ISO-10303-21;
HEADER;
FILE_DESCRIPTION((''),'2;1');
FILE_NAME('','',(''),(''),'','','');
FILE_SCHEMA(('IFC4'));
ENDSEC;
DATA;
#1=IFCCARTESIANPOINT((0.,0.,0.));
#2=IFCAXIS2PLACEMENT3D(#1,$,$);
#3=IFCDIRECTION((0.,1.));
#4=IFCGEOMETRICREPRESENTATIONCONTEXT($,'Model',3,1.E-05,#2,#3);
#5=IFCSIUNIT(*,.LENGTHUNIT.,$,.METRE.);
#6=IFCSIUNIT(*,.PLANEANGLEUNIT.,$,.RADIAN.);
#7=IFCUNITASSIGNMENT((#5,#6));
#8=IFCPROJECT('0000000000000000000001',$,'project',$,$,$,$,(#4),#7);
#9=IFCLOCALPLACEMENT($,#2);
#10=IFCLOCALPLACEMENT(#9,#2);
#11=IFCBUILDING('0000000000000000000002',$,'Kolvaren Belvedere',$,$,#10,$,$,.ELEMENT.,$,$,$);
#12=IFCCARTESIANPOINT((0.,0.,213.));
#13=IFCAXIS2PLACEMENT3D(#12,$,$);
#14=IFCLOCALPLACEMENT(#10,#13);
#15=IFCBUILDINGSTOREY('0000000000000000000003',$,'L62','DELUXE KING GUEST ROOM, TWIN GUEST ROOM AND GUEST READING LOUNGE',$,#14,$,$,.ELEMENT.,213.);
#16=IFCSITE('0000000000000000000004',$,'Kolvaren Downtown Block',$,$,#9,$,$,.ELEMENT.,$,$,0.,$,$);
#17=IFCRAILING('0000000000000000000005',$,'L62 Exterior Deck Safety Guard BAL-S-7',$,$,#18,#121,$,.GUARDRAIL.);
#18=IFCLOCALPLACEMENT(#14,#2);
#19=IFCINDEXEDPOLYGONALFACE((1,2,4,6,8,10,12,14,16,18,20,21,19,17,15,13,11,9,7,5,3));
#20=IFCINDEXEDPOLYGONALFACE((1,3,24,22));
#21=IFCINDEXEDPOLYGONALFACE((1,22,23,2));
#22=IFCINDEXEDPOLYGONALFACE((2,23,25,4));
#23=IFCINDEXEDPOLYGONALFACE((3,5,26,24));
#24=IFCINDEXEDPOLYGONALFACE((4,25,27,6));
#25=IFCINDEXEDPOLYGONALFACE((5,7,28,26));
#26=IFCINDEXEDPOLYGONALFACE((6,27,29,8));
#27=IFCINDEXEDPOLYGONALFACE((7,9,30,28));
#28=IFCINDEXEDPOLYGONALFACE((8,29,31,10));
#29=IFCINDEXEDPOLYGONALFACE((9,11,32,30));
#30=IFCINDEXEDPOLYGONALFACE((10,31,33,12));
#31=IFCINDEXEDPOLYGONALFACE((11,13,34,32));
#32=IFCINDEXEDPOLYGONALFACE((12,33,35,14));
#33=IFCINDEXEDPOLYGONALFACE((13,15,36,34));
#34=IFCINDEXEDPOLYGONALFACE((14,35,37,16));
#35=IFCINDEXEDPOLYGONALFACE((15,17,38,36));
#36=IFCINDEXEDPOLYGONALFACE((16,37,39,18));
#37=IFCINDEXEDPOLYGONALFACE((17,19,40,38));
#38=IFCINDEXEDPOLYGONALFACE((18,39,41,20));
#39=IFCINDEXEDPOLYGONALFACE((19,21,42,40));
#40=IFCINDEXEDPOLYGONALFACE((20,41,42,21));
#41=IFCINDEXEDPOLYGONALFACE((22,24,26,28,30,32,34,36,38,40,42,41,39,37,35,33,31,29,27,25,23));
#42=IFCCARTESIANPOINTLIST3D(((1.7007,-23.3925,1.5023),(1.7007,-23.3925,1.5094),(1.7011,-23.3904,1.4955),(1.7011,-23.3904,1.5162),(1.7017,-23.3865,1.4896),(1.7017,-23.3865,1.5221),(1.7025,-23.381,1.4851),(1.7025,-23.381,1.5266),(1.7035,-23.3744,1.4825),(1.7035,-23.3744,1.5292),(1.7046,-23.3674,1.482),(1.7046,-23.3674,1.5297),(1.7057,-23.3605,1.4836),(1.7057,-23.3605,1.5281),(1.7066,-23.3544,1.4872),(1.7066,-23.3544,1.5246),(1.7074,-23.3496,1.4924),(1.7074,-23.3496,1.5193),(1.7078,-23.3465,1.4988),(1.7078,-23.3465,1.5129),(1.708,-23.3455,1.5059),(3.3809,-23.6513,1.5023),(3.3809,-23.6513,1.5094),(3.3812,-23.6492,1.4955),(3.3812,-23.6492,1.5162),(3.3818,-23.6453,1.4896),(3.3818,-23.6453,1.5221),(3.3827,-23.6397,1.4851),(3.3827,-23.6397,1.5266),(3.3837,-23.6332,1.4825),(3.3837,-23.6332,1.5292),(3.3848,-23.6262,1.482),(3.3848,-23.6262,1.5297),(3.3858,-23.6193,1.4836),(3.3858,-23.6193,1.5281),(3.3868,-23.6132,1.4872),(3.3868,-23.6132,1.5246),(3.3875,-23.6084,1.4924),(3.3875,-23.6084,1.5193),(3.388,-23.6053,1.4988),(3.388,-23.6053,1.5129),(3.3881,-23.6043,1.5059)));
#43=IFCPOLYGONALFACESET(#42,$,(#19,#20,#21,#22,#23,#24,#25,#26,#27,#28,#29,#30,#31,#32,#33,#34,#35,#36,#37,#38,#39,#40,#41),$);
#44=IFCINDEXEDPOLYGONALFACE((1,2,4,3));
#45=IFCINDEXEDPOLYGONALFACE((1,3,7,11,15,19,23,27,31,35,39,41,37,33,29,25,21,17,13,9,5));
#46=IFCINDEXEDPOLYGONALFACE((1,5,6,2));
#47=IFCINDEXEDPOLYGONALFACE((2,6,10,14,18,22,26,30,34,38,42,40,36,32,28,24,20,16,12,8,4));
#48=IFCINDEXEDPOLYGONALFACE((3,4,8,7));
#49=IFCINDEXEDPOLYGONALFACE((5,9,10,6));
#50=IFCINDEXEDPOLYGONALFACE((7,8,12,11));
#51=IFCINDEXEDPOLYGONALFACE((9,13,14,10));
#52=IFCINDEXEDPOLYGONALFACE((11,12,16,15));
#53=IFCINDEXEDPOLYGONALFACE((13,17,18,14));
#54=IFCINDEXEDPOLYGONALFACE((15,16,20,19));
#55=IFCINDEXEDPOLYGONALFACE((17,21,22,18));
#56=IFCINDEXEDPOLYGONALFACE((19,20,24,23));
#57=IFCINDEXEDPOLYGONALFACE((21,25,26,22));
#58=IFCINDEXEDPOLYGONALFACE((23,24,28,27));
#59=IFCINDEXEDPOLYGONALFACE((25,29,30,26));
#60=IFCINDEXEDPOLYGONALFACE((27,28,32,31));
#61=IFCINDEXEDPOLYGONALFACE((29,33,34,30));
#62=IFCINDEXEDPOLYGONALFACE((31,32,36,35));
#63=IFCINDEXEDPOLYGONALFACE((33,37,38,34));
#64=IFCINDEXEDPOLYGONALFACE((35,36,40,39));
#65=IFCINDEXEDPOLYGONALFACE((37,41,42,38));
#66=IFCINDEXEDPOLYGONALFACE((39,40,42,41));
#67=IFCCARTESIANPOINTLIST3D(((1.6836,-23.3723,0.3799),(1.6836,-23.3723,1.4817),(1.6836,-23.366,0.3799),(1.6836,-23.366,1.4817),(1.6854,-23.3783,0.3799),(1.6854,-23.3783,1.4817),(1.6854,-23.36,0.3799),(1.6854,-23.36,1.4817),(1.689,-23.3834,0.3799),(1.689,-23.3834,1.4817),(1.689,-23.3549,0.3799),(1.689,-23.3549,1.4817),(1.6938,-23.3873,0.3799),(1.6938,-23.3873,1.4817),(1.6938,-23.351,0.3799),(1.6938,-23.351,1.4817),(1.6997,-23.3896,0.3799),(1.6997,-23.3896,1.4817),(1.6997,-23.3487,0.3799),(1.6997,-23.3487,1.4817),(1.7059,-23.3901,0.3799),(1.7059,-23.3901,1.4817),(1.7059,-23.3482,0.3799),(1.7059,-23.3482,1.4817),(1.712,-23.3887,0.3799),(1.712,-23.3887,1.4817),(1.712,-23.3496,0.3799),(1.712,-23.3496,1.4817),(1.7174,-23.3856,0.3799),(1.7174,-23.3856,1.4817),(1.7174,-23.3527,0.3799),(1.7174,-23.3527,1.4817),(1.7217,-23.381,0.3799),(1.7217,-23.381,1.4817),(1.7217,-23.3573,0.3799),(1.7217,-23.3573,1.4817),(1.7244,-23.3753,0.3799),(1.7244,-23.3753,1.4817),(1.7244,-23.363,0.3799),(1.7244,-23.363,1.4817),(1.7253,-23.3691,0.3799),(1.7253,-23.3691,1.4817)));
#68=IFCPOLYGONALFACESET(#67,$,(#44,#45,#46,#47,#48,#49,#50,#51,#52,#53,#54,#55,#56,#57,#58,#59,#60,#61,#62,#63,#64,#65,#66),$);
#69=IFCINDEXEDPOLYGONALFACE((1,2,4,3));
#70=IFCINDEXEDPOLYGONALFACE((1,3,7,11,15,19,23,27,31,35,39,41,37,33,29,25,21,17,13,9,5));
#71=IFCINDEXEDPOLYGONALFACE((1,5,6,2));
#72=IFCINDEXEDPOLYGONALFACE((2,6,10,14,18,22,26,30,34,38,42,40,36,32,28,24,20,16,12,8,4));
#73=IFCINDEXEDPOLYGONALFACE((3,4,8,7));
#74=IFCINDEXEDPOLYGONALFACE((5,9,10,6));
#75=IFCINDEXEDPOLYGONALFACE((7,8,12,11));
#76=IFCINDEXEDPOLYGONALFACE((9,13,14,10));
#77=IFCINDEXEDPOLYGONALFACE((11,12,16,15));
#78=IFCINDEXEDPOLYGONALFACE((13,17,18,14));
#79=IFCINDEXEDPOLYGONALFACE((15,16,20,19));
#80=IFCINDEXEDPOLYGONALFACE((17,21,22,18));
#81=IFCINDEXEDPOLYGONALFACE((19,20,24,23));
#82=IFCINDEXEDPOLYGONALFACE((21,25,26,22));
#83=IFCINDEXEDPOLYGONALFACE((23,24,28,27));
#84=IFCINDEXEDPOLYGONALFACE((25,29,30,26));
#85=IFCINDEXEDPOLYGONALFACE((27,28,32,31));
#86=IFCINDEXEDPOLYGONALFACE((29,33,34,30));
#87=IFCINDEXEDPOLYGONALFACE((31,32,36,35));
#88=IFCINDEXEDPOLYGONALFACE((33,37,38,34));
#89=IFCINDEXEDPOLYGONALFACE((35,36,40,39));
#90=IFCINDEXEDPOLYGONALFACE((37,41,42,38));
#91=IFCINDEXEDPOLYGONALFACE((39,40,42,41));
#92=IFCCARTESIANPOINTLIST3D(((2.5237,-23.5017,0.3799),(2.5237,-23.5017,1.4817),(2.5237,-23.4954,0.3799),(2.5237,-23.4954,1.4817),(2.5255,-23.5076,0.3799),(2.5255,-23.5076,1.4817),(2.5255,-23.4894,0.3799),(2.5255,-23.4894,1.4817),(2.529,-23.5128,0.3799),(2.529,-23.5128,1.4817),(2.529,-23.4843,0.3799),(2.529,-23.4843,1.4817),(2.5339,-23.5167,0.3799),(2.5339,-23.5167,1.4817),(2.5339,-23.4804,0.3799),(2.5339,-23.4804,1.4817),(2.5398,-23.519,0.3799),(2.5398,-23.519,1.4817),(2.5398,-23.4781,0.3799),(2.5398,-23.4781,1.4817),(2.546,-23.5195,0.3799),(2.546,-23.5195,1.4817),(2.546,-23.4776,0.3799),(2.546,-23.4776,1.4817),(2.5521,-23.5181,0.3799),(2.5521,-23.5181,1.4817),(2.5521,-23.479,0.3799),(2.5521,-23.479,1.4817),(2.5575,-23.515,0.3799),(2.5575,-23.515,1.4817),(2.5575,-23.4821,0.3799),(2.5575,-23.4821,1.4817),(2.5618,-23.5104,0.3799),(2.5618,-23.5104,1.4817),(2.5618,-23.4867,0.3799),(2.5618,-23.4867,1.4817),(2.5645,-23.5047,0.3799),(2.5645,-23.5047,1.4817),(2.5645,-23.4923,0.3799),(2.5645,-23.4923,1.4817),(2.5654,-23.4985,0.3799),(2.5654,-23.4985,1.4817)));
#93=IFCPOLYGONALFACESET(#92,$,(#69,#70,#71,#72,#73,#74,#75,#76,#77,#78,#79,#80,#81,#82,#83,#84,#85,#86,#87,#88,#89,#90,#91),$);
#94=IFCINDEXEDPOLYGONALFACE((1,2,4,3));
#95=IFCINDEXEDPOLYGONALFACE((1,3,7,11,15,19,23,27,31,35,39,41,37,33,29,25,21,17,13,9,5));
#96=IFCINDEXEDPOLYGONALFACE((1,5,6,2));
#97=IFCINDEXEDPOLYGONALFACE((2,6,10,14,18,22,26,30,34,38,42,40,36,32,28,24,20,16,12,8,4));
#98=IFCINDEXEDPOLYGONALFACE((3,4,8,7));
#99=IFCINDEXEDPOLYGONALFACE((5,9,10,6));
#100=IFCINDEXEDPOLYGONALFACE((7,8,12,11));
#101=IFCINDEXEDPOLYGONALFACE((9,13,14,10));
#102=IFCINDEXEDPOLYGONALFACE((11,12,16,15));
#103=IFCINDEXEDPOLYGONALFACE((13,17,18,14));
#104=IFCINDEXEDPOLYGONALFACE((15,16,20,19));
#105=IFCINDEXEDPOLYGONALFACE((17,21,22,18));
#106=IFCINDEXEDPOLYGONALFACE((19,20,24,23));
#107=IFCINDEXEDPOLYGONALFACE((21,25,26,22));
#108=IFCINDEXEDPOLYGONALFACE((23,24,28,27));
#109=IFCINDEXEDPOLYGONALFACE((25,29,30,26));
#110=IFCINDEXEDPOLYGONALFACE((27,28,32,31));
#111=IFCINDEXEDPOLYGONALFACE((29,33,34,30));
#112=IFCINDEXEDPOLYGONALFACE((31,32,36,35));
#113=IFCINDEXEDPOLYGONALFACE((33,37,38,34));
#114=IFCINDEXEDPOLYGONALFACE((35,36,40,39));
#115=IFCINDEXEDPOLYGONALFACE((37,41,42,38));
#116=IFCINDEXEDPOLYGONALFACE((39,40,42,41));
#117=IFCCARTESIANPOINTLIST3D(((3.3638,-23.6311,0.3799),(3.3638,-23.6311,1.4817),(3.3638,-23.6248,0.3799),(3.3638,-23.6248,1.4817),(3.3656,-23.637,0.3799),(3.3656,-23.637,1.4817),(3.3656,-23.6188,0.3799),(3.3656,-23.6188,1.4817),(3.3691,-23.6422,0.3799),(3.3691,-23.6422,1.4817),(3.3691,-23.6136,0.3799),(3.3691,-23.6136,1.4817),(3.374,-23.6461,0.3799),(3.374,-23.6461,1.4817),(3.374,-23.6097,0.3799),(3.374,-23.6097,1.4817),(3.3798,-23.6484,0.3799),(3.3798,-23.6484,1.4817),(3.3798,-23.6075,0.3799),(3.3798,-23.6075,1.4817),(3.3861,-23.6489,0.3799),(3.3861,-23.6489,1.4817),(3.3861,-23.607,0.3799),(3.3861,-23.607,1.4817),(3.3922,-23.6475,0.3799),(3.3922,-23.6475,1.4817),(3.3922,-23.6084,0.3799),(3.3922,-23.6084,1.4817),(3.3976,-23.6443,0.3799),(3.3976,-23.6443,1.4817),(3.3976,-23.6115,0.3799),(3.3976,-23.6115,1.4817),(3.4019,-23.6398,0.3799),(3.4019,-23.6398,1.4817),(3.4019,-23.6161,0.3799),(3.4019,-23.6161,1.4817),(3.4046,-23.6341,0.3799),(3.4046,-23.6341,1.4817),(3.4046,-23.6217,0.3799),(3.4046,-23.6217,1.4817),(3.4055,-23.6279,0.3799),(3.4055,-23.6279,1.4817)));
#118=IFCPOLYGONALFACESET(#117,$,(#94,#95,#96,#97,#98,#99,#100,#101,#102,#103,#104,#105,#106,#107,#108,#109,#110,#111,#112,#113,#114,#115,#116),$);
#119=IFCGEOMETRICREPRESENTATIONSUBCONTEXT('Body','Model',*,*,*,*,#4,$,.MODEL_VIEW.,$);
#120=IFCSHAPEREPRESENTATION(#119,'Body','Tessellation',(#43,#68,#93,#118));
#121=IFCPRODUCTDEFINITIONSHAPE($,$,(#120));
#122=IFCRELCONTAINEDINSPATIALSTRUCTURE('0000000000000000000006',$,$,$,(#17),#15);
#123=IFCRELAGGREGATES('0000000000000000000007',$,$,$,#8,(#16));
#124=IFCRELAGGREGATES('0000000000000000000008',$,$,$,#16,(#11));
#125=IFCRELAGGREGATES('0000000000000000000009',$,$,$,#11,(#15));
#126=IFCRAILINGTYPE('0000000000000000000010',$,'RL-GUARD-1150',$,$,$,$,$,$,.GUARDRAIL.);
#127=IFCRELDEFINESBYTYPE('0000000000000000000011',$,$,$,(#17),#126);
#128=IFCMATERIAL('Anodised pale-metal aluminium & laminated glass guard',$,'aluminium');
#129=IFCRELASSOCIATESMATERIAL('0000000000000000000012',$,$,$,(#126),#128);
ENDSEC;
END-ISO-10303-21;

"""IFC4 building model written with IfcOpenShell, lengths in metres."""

from ifc_helpers import new_model, si_unit, direction, frame, origin, origin_2d, place, context, subcontext, project, spatial, circle, extrude, material, type_object, element, save


model = new_model("IFC4")

# Units and contexts
model_context = context("Model", 3, precision=1e-05, world=origin(), true_north=direction((0.0, 1.0)))
body_context = subcontext(model_context, "Body", "Model", "MODEL_VIEW")
ifc_project = project(units=[si_unit("LENGTHUNIT", "METRE"), si_unit("PLANEANGLEUNIT", "RADIAN")], contexts=[model_context])

# Site, building, storey
site_placement = place(None, origin())
site = spatial("IfcSite", under=ifc_project, at=site_placement, Name="Kolvaren Downtown Block", CompositionType="ELEMENT", RefElevation=0.0)
building_placement = place(site_placement, origin())
building = spatial("IfcBuilding", under=site, at=building_placement, Name="Kolvaren Belvedere", CompositionType="ELEMENT")
storey_placement = place(building_placement, frame((0.0, 0.0, 213.0)))
storey = spatial("IfcBuildingStorey", under=building, at=storey_placement, Name="L62", Description="DELUXE KING GUEST ROOM, TWIN GUEST ROOM AND GUEST READING LOUNGE", CompositionType="ELEMENT", Elevation=213.0)

# Railing
ifc_material_1 = material(Name="Anodised pale-metal aluminium & laminated glass guard", Category="aluminium")
railing_type = type_object("IfcRailingType", Name="RL-GUARD-1150", PredefinedType="GUARDRAIL", material=ifc_material_1)
railing_1_placement = place(storey_placement, frame((1.7043, -23.3691, 0.3799)))
element("IfcRailing", 1, at=railing_1_placement, inside=storey, type_object=railing_type, Name="L62 Exterior Deck Safety Guard BAL-S-7", PredefinedType="GUARDRAIL", context=body_context, shape_type="SweptSolid", body=[
    extrude(circle(Radius=0.0239, at=origin_2d()), frame((0.0, 0.0, 1.126), z_axis=(0.988345, -0.15223, 0.0), x_axis=(0.15223, 0.988345, 0.0)), (0.0, 0.0, 1.0), 1.7),
    extrude(circle(Radius=0.021, at=origin_2d()), origin(), (0.0, 0.0, 1.0), 1.1018),
    extrude(circle(Radius=0.021, at=origin_2d()), frame((0.8401, -0.1294, 0.0)), (0.0, 0.0, 1.0), 1.1018),
    extrude(circle(Radius=0.021, at=origin_2d()), frame((1.6802, -0.2588, 0.0)), (0.0, 0.0, 1.0), 1.1018),
])

save(model, "model.ifc")
